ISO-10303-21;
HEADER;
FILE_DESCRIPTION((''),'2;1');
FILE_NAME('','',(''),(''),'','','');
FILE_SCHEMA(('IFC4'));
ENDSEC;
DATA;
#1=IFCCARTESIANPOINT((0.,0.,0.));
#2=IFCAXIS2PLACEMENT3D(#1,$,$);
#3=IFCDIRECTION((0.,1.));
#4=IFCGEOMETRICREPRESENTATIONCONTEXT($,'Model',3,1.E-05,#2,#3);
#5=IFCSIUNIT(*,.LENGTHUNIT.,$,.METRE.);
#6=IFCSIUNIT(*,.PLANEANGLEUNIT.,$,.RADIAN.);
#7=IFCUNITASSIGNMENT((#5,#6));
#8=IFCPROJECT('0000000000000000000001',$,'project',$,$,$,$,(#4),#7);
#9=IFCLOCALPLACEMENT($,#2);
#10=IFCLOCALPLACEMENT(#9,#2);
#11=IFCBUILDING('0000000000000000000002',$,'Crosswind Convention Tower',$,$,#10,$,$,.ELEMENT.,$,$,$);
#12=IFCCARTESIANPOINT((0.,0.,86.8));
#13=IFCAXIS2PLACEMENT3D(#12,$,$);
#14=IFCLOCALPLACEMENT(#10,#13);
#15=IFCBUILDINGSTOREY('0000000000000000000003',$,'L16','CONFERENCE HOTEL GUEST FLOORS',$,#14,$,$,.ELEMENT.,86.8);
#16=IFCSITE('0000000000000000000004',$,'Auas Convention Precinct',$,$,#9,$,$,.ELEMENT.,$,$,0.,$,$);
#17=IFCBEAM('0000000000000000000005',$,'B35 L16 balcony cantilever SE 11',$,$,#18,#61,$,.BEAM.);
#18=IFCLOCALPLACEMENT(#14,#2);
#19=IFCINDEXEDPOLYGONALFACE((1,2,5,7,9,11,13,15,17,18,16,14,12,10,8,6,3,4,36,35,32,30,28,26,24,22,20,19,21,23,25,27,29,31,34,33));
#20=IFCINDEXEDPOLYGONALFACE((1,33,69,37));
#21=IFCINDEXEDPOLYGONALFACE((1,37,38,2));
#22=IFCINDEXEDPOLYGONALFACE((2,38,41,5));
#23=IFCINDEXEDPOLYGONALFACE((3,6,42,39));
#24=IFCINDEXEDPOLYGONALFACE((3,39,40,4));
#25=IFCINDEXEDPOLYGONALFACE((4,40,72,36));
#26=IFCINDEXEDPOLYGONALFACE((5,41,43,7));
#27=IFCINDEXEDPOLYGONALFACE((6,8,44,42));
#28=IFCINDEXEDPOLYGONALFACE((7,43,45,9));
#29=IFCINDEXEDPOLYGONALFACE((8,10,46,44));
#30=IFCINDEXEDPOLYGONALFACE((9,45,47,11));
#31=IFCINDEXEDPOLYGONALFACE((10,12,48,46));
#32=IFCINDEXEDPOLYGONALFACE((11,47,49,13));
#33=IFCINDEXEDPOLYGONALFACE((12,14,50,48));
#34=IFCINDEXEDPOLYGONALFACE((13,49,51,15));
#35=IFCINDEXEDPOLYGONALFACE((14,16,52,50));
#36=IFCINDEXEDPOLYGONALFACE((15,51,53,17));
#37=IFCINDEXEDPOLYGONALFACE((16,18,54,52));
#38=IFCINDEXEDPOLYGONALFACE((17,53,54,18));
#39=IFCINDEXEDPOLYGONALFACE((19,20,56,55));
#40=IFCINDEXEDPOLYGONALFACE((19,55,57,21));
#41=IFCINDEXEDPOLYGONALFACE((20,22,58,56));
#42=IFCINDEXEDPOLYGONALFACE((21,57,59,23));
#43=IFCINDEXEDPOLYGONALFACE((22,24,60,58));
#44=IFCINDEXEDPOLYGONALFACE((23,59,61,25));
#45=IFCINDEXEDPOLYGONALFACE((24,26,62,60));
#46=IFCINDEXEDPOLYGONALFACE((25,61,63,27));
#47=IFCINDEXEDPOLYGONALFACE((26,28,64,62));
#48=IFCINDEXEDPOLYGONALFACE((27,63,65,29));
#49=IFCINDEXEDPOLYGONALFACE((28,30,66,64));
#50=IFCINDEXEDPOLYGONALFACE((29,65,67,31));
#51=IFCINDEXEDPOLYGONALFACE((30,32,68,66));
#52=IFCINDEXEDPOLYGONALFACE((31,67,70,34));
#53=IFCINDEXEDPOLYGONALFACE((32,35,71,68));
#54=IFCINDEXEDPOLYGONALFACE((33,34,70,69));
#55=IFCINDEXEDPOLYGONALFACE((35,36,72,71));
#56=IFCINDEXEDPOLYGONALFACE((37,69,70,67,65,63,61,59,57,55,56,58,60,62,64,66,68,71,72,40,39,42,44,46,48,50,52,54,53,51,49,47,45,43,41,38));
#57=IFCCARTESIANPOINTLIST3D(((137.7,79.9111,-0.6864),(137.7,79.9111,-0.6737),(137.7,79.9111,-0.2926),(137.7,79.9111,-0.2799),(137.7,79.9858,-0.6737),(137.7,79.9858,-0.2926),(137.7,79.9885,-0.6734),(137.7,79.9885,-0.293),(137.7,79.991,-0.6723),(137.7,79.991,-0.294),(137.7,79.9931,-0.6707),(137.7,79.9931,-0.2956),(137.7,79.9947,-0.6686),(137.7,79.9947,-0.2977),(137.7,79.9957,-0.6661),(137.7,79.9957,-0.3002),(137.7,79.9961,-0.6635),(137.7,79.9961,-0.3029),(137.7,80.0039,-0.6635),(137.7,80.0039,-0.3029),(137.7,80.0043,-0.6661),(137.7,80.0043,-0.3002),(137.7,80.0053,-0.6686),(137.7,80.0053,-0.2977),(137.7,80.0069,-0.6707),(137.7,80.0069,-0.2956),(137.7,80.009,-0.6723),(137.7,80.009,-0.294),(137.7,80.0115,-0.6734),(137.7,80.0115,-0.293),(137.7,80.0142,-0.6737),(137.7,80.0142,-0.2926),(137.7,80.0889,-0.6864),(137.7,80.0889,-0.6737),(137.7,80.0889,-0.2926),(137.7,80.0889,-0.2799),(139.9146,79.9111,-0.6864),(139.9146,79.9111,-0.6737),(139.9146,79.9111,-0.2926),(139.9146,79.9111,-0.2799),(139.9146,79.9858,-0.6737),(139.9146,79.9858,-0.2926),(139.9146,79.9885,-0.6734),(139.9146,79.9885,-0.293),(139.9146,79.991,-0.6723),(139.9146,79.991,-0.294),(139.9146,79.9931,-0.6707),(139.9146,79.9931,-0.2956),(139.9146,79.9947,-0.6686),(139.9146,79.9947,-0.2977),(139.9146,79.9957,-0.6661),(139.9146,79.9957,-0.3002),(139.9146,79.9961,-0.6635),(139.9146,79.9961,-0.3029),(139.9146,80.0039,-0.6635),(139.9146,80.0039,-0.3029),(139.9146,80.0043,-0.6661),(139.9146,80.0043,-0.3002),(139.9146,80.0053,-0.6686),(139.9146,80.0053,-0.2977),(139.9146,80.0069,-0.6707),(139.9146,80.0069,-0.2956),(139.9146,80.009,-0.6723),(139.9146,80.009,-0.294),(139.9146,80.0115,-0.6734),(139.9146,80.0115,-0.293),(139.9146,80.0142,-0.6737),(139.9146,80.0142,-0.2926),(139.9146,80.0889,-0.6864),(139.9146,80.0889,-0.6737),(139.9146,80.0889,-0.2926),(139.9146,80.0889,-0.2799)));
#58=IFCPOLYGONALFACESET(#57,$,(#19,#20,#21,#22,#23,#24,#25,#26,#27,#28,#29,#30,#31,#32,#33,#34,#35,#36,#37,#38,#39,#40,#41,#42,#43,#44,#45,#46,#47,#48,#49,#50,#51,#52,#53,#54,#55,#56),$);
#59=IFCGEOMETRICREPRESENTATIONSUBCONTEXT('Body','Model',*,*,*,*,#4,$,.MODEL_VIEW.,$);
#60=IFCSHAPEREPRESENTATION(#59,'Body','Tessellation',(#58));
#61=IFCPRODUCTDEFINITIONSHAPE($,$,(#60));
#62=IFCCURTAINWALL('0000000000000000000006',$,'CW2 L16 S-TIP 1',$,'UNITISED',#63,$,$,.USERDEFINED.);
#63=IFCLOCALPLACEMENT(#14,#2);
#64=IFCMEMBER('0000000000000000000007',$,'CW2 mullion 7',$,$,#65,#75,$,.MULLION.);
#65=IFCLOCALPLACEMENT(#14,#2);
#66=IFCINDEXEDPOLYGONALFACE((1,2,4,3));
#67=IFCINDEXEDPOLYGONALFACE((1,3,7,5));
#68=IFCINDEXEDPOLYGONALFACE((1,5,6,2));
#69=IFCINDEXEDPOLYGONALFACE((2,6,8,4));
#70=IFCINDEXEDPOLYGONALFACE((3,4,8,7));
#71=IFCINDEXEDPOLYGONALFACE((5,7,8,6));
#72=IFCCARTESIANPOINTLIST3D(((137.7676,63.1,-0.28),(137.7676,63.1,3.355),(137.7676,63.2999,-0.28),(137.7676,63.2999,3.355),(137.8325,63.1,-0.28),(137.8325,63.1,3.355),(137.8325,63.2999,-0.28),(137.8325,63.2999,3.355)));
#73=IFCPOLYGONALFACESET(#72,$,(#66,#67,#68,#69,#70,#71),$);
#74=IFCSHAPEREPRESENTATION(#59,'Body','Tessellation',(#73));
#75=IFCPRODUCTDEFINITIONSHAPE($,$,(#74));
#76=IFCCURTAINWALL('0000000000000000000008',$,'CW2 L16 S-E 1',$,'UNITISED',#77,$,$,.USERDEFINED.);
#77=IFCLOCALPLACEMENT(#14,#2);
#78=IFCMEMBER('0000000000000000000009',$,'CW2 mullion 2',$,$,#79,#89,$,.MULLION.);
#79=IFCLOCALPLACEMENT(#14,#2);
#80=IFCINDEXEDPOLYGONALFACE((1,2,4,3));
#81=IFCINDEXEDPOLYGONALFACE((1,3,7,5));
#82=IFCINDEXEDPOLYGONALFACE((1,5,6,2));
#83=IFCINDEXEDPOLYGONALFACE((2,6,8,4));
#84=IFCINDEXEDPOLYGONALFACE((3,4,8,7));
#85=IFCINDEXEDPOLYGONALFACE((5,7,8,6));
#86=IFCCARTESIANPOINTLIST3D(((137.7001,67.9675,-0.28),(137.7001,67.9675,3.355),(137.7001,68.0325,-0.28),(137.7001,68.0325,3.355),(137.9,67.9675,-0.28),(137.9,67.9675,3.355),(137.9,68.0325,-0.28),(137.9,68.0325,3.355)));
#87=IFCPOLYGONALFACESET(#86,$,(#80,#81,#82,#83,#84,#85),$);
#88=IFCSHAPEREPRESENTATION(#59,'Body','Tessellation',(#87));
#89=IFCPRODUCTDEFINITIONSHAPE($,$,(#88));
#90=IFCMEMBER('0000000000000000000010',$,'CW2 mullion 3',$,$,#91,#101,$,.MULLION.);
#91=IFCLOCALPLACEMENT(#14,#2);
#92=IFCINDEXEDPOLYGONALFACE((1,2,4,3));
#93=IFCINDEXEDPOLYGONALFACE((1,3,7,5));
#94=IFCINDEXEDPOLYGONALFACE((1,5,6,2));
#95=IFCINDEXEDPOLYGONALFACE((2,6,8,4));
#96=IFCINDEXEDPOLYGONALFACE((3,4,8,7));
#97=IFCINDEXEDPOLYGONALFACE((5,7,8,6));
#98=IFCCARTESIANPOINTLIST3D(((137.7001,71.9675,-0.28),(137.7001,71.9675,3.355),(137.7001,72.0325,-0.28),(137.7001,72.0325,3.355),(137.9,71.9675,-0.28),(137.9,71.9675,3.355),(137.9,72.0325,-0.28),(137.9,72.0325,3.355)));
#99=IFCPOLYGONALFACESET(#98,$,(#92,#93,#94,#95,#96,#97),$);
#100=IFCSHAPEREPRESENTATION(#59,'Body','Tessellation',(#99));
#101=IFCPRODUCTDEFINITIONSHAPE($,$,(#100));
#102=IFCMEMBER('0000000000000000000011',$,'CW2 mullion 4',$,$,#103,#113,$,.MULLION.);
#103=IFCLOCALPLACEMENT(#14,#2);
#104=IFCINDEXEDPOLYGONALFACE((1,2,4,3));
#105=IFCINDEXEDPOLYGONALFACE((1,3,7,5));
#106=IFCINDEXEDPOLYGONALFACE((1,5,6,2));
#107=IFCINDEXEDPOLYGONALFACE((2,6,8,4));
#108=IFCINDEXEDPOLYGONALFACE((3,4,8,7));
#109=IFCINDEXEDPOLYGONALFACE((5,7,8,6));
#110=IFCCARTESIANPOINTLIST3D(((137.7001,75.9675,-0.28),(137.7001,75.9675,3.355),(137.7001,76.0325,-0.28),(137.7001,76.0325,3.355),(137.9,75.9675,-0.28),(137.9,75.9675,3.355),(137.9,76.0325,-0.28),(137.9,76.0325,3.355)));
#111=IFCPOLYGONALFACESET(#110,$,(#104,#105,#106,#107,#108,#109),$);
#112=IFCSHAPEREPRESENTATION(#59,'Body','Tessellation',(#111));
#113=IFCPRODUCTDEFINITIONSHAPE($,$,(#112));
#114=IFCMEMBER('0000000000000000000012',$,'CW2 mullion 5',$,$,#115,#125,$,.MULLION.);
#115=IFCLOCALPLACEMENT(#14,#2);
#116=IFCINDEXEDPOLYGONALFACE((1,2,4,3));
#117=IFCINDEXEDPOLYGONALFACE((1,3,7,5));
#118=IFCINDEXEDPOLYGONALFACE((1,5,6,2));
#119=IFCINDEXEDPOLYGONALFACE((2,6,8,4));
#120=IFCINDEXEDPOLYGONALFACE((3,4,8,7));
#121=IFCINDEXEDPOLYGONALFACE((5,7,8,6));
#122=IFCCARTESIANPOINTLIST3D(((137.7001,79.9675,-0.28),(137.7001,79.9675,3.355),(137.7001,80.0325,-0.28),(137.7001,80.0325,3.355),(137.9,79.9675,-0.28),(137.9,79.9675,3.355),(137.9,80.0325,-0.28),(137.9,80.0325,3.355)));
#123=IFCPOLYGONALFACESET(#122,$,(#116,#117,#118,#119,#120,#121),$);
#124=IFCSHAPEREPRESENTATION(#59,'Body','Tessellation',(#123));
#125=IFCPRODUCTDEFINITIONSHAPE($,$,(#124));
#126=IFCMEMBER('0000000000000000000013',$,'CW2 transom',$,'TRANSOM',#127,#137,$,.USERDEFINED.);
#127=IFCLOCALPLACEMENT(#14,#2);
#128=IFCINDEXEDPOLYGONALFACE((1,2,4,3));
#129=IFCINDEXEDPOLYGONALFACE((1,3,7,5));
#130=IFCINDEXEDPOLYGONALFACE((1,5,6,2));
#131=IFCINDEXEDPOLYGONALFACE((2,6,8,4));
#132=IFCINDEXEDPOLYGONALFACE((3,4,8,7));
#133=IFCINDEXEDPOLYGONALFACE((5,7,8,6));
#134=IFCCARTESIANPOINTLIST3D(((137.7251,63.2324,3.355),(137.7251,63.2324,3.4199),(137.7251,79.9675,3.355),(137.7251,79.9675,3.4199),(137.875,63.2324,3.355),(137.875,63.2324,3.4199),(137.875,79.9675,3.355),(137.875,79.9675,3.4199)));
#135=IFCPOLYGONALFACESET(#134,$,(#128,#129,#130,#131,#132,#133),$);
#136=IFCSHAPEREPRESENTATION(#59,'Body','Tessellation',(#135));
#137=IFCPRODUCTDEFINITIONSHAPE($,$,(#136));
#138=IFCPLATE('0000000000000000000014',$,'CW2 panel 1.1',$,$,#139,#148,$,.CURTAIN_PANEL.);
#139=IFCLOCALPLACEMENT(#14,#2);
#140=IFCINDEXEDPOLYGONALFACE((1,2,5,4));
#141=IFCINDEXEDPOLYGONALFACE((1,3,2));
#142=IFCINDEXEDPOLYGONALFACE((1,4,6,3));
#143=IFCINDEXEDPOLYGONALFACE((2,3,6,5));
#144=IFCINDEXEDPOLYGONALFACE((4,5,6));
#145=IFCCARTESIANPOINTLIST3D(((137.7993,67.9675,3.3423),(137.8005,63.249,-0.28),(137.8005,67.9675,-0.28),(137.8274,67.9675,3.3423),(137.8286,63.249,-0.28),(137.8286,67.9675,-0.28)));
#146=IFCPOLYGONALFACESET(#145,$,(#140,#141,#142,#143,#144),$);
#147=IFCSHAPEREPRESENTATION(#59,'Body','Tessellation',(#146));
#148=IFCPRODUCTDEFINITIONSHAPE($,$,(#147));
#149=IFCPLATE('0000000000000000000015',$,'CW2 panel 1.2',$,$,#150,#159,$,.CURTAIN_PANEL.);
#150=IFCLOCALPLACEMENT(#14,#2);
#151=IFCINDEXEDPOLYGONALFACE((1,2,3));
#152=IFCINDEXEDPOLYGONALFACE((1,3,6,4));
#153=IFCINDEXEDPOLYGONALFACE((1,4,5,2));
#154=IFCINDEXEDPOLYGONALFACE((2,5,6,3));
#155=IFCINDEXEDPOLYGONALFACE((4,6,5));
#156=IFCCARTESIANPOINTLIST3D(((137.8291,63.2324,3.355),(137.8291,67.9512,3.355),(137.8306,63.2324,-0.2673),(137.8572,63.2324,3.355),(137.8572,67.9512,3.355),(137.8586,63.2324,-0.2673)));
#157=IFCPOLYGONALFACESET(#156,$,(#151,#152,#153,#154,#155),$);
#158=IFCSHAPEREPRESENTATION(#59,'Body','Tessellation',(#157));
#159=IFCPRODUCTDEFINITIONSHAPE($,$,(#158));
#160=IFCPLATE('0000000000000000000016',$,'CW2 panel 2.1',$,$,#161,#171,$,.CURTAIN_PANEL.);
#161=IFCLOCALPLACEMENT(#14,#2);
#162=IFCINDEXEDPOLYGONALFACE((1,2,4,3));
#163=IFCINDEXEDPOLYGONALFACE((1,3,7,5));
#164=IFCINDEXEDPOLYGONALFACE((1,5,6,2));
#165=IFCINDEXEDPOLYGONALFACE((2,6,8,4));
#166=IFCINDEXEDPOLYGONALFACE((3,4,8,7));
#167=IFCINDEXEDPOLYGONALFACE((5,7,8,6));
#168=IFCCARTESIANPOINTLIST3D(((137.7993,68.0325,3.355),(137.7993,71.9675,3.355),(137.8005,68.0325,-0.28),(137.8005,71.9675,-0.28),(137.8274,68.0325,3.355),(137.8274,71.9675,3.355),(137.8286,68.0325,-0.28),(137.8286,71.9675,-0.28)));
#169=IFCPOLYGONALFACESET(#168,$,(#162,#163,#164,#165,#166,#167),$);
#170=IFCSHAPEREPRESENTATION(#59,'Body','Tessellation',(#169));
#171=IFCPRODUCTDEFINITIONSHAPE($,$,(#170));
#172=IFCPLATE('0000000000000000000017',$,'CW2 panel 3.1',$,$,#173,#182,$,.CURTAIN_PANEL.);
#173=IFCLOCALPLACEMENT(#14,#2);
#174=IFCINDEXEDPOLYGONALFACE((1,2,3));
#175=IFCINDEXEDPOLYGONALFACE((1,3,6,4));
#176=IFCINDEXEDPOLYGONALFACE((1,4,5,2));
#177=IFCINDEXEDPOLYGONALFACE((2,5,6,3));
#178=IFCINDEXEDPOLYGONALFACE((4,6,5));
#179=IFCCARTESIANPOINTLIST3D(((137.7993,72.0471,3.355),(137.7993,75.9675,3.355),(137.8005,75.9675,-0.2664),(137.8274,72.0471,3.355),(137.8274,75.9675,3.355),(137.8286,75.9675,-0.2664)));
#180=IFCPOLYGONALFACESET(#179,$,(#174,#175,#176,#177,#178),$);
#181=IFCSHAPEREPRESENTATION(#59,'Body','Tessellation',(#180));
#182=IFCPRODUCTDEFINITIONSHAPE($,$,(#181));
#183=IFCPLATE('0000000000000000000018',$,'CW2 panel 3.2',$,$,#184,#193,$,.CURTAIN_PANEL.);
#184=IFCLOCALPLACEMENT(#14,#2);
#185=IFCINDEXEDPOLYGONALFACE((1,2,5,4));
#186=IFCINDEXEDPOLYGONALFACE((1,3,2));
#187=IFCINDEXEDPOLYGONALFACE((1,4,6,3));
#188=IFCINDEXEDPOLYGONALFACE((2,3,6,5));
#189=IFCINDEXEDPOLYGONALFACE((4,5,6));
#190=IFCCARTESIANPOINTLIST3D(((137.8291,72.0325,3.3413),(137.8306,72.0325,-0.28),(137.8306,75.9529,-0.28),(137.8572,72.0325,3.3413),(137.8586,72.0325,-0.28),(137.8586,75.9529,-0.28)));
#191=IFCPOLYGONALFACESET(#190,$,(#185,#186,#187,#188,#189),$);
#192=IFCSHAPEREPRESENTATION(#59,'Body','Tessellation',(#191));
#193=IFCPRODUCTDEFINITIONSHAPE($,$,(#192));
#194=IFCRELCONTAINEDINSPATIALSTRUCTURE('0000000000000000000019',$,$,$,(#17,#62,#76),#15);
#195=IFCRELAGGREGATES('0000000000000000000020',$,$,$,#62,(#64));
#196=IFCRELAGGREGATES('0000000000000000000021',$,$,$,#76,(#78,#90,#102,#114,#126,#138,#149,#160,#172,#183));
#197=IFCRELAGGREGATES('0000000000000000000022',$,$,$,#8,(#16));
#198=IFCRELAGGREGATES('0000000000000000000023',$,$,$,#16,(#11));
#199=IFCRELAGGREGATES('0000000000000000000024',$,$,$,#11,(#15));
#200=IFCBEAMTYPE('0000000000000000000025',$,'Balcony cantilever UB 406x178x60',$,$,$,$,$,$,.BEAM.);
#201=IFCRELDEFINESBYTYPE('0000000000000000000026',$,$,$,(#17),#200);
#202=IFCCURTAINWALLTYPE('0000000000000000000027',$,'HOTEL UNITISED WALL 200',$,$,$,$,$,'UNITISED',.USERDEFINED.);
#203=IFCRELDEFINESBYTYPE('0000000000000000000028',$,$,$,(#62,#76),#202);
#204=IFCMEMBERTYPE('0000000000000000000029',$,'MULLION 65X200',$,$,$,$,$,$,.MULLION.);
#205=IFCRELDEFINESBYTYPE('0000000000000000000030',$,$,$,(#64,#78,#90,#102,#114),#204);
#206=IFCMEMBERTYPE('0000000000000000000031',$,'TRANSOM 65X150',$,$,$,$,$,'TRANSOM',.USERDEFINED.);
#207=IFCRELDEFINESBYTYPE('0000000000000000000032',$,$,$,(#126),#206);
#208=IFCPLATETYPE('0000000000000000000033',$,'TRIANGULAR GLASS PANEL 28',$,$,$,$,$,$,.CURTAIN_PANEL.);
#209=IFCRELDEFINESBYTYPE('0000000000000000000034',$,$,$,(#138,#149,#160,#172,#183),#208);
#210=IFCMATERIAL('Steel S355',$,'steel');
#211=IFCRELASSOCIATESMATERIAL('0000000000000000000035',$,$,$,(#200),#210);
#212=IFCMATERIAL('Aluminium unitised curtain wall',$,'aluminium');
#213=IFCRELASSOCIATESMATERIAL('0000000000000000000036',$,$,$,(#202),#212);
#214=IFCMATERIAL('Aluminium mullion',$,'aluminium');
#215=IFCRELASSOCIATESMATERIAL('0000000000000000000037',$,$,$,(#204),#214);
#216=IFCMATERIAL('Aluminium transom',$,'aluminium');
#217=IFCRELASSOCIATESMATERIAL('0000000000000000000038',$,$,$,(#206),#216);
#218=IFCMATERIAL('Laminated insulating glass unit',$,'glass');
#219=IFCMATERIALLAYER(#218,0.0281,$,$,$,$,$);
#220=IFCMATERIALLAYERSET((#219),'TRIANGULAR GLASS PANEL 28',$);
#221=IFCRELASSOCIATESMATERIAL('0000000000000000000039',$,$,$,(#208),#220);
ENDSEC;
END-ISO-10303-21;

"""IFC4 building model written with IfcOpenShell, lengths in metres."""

from ifc_helpers import new_model, si_unit, direction, frame, origin, origin_2d, place, context, subcontext, project, spatial, polyline, rectangle, i_section, outline, extrude, material, layer, layer_set, material_profile, profile_set, type_object, element, aggregate, save


model = new_model("IFC4")

# Units and contexts
model_context = context("Model", 3, precision=1e-05, world=origin(), true_north=direction((0.0, 1.0)))
body_context = subcontext(model_context, "Body", "Model", "MODEL_VIEW")
ifc_project = project(units=[si_unit("LENGTHUNIT", "METRE"), si_unit("PLANEANGLEUNIT", "RADIAN")], contexts=[model_context])

# Site, building, storey
site_placement = place(None, origin())
site = spatial("IfcSite", under=ifc_project, at=site_placement, Name="Auas Convention Precinct", CompositionType="ELEMENT", RefElevation=0.0)
building_placement = place(site_placement, origin())
building = spatial("IfcBuilding", under=site, at=building_placement, Name="Crosswind Convention Tower", CompositionType="ELEMENT")
storey_placement = place(building_placement, frame((0.0, 0.0, 86.8)))
storey = spatial("IfcBuildingStorey", under=building, at=storey_placement, Name="L16", Description="CONFERENCE HOTEL GUEST FLOORS", CompositionType="ELEMENT", Elevation=86.8)

# Beam
ifc_material_1 = material(Name="Steel S355", Category="steel")
ifc_material_profile_1 = material_profile(ifc_material_1, i_section(OverallWidth=0.1777, OverallDepth=0.4065, WebThickness=0.0078, FlangeThickness=0.0127, FilletRadius=0.0103, at=origin_2d()), Name="UB 406x178x60")
ifc_profile_set_1 = profile_set([ifc_material_profile_1], Name="Steel S355")
beam_type = type_object("IfcBeamType", Name="Balcony cantilever UB 406x178x60", PredefinedType="BEAM", material=ifc_profile_set_1)
beam_placement = place(storey_placement, frame((137.7, 80.0, -0.4832), z_axis=(1.0, 0.0, 0.0), x_axis=(0.0, 1.0, 0.0)))
element("IfcBeam", 1, at=beam_placement, inside=storey, type_object=beam_type, Name="B35 L16 balcony cantilever SE 11", PredefinedType="BEAM", context=body_context, shape_type="SweptSolid", body=[
    extrude(i_section(OverallWidth=0.1777, OverallDepth=0.4065, WebThickness=0.0078, FlangeThickness=0.0127, FilletRadius=0.0103, at=origin_2d()), origin(), (0.0, 0.0, 1.0), 2.2146),
])

# Curtain wall, member
ifc_material_2 = material(Name="Aluminium unitised curtain wall", Category="aluminium")
curtain_wall_type = type_object("IfcCurtainWallType", Name="HOTEL UNITISED WALL 200", ElementType="UNITISED", PredefinedType="USERDEFINED", material=ifc_material_2)
curtain_wall_1_placement = place(storey_placement, origin())
curtain_wall_1 = element("IfcCurtainWall", 2, at=curtain_wall_1_placement, inside=storey, type_object=curtain_wall_type, Name="CW2 L16 S-TIP 1", ObjectType="UNITISED", PredefinedType="USERDEFINED")
ifc_material_3 = material(Name="Aluminium mullion", Category="aluminium")
ifc_material_profile_2 = material_profile(ifc_material_3, rectangle(XDim=0.2, YDim=0.0649, at=origin_2d()), Name="AL 200X65")
ifc_profile_set_2 = profile_set([ifc_material_profile_2], Name="Aluminium mullion")
member_type_1 = type_object("IfcMemberType", Name="MULLION 65X200", PredefinedType="MULLION", material=ifc_profile_set_2)
member_1_placement = place(storey_placement, frame((137.8, 63.2, -0.28), z_axis=(0.0, 0.0, 1.0), x_axis=(0.0, -1.0, 0.0)))
member_1 = element("IfcMember", 3, at=member_1_placement, type_object=member_type_1, Name="CW2 mullion 7", PredefinedType="MULLION", context=body_context, shape_type="SweptSolid", body=[
    extrude(rectangle(XDim=0.2, YDim=0.0649, at=origin_2d()), origin(), (0.0, 0.0, 1.0), 3.635),
])
aggregate(curtain_wall_1, [member_1])

# Curtain wall, members, plates
curtain_wall_2_placement = place(storey_placement, origin())
curtain_wall_2 = element("IfcCurtainWall", 4, at=curtain_wall_2_placement, inside=storey, type_object=curtain_wall_type, Name="CW2 L16 S-E 1", ObjectType="UNITISED", PredefinedType="USERDEFINED")
member_2_placement = place(storey_placement, frame((137.8, 68.0, -0.28), z_axis=(0.0, 0.0, 1.0), x_axis=(1.0, 0.0, 0.0)))
member_2 = element("IfcMember", 5, at=member_2_placement, type_object=member_type_1, Name="CW2 mullion 2", PredefinedType="MULLION", context=body_context, shape_type="SweptSolid", body=[
    extrude(rectangle(XDim=0.2, YDim=0.0649, at=origin_2d()), origin(), (0.0, 0.0, 1.0), 3.635),
])
member_3_placement = place(storey_placement, frame((137.8, 72.0, -0.28), z_axis=(0.0, 0.0, 1.0), x_axis=(1.0, 0.0, 0.0)))
member_3 = element("IfcMember", 6, at=member_3_placement, type_object=member_type_1, Name="CW2 mullion 3", PredefinedType="MULLION", context=body_context, shape_type="SweptSolid", body=[
    extrude(rectangle(XDim=0.2, YDim=0.0649, at=origin_2d()), origin(), (0.0, 0.0, 1.0), 3.635),
])
member_4_placement = place(storey_placement, frame((137.8, 76.0, -0.28), z_axis=(0.0, 0.0, 1.0), x_axis=(1.0, 0.0, 0.0)))
member_4 = element("IfcMember", 7, at=member_4_placement, type_object=member_type_1, Name="CW2 mullion 4", PredefinedType="MULLION", context=body_context, shape_type="SweptSolid", body=[
    extrude(rectangle(XDim=0.2, YDim=0.0649, at=origin_2d()), origin(), (0.0, 0.0, 1.0), 3.635),
])
member_5_placement = place(storey_placement, frame((137.8, 80.0, -0.28), z_axis=(0.0, 0.0, 1.0), x_axis=(1.0, 0.0, 0.0)))
member_5 = element("IfcMember", 8, at=member_5_placement, type_object=member_type_1, Name="CW2 mullion 5", PredefinedType="MULLION", context=body_context, shape_type="SweptSolid", body=[
    extrude(rectangle(XDim=0.2, YDim=0.0649, at=origin_2d()), origin(), (0.0, 0.0, 1.0), 3.635),
])
ifc_material_4 = material(Name="Aluminium transom", Category="aluminium")
ifc_material_profile_3 = material_profile(ifc_material_4, rectangle(XDim=0.1499, YDim=0.0649, at=origin_2d()), Name="AL 150X65")
ifc_profile_set_3 = profile_set([ifc_material_profile_3], Name="Aluminium transom")
member_type_2 = type_object("IfcMemberType", Name="TRANSOM 65X150", ElementType="TRANSOM", PredefinedType="USERDEFINED", material=ifc_profile_set_3)
member_6_placement = place(storey_placement, frame((137.8, 63.2324, 3.3875), z_axis=(0.0, 1.0, 0.0), x_axis=(-1.0, 0.0, 0.0)))
member_6 = element("IfcMember", 9, at=member_6_placement, type_object=member_type_2, Name="CW2 transom", ObjectType="TRANSOM", PredefinedType="USERDEFINED", context=body_context, shape_type="SweptSolid", body=[
    extrude(rectangle(XDim=0.1499, YDim=0.0649, at=origin_2d()), origin(), (0.0, 0.0, 1.0), 16.7351),
])
ifc_material_5 = material(Name="Laminated insulating glass unit", Category="glass")
ifc_layer_1 = layer(ifc_material_5, 0.0281)
ifc_layer_set_1 = layer_set([ifc_layer_1], Name="TRIANGULAR GLASS PANEL 28")
plate_type = type_object("IfcPlateType", Name="TRIANGULAR GLASS PANEL 28", PredefinedType="CURTAIN_PANEL", material=ifc_layer_set_1)
plate_1_placement = place(storey_placement, frame((137.8286, 67.9675, -0.28), z_axis=(1.0, 0.0, 0.000337), x_axis=(-0.000337, 0.0, 1.0)))
plate_1 = element("IfcPlate", 10, at=plate_1_placement, type_object=plate_type, Name="CW2 panel 1.1", PredefinedType="CURTAIN_PANEL", context=body_context, shape_type="SweptSolid", body=[
    extrude(outline(polyline([(0.0, 0.0), (3.6223, 0.0), (0.0, 4.7185), (0.0, 0.0)])), origin(), (0.0, 0.0, -1.0), 0.0281),
])
plate_2_placement = place(storey_placement, frame((137.8572, 63.2324, 3.355), z_axis=(1.0, 0.0, 0.000404), x_axis=(0.000404, 0.0, -1.0)))
plate_2 = element("IfcPlate", 11, at=plate_2_placement, type_object=plate_type, Name="CW2 panel 1.2", PredefinedType="CURTAIN_PANEL", context=body_context, shape_type="SweptSolid", body=[
    extrude(outline(polyline([(0.0, 0.0), (3.6223, 0.0), (0.0, 4.7188), (0.0, 0.0)])), origin(), (0.0, 0.0, -1.0), 0.0281),
])
plate_3_placement = place(storey_placement, frame((137.8286, 68.0325, -0.28), z_axis=(1.0, 0.0, 0.000336), x_axis=(0.0, 1.0, 0.0)))
plate_3 = element("IfcPlate", 12, at=plate_3_placement, type_object=plate_type, Name="CW2 panel 2.1", PredefinedType="CURTAIN_PANEL", context=body_context, shape_type="SweptSolid", body=[
    extrude(outline(polyline([(0.0, 0.0), (3.9351, 0.0), (3.9351, 3.635), (0.0, 3.635), (0.0, 0.0)])), origin(), (0.0, 0.0, -1.0), 0.0281),
])
plate_4_placement = place(storey_placement, frame((137.8274, 75.9675, 3.355), z_axis=(1.0, 0.0, 0.000337), x_axis=(0.0, -1.0, 0.0)))
plate_4 = element("IfcPlate", 13, at=plate_4_placement, type_object=plate_type, Name="CW2 panel 3.1", PredefinedType="CURTAIN_PANEL", context=body_context, shape_type="SweptSolid", body=[
    extrude(outline(polyline([(0.0, 0.0), (3.9204, 0.0), (0.0, 3.6213), (0.0, 0.0)])), origin(), (0.0, 0.0, -1.0), 0.0281),
])
plate_5_placement = place(storey_placement, frame((137.8586, 72.0325, -0.28), z_axis=(1.0, 0.0, 0.000405), x_axis=(0.0, 1.0, 0.0)))
plate_5 = element("IfcPlate", 14, at=plate_5_placement, type_object=plate_type, Name="CW2 panel 3.2", PredefinedType="CURTAIN_PANEL", context=body_context, shape_type="SweptSolid", body=[
    extrude(outline(polyline([(0.0, 0.0), (3.9204, 0.0), (0.0, 3.6213), (0.0, 0.0)])), origin(), (0.0, 0.0, -1.0), 0.0281),
])

aggregate(curtain_wall_2, [member_2, member_3, member_4, member_5, member_6, plate_1, plate_2, plate_3, plate_4, plate_5])

save(model, "model.ifc")
